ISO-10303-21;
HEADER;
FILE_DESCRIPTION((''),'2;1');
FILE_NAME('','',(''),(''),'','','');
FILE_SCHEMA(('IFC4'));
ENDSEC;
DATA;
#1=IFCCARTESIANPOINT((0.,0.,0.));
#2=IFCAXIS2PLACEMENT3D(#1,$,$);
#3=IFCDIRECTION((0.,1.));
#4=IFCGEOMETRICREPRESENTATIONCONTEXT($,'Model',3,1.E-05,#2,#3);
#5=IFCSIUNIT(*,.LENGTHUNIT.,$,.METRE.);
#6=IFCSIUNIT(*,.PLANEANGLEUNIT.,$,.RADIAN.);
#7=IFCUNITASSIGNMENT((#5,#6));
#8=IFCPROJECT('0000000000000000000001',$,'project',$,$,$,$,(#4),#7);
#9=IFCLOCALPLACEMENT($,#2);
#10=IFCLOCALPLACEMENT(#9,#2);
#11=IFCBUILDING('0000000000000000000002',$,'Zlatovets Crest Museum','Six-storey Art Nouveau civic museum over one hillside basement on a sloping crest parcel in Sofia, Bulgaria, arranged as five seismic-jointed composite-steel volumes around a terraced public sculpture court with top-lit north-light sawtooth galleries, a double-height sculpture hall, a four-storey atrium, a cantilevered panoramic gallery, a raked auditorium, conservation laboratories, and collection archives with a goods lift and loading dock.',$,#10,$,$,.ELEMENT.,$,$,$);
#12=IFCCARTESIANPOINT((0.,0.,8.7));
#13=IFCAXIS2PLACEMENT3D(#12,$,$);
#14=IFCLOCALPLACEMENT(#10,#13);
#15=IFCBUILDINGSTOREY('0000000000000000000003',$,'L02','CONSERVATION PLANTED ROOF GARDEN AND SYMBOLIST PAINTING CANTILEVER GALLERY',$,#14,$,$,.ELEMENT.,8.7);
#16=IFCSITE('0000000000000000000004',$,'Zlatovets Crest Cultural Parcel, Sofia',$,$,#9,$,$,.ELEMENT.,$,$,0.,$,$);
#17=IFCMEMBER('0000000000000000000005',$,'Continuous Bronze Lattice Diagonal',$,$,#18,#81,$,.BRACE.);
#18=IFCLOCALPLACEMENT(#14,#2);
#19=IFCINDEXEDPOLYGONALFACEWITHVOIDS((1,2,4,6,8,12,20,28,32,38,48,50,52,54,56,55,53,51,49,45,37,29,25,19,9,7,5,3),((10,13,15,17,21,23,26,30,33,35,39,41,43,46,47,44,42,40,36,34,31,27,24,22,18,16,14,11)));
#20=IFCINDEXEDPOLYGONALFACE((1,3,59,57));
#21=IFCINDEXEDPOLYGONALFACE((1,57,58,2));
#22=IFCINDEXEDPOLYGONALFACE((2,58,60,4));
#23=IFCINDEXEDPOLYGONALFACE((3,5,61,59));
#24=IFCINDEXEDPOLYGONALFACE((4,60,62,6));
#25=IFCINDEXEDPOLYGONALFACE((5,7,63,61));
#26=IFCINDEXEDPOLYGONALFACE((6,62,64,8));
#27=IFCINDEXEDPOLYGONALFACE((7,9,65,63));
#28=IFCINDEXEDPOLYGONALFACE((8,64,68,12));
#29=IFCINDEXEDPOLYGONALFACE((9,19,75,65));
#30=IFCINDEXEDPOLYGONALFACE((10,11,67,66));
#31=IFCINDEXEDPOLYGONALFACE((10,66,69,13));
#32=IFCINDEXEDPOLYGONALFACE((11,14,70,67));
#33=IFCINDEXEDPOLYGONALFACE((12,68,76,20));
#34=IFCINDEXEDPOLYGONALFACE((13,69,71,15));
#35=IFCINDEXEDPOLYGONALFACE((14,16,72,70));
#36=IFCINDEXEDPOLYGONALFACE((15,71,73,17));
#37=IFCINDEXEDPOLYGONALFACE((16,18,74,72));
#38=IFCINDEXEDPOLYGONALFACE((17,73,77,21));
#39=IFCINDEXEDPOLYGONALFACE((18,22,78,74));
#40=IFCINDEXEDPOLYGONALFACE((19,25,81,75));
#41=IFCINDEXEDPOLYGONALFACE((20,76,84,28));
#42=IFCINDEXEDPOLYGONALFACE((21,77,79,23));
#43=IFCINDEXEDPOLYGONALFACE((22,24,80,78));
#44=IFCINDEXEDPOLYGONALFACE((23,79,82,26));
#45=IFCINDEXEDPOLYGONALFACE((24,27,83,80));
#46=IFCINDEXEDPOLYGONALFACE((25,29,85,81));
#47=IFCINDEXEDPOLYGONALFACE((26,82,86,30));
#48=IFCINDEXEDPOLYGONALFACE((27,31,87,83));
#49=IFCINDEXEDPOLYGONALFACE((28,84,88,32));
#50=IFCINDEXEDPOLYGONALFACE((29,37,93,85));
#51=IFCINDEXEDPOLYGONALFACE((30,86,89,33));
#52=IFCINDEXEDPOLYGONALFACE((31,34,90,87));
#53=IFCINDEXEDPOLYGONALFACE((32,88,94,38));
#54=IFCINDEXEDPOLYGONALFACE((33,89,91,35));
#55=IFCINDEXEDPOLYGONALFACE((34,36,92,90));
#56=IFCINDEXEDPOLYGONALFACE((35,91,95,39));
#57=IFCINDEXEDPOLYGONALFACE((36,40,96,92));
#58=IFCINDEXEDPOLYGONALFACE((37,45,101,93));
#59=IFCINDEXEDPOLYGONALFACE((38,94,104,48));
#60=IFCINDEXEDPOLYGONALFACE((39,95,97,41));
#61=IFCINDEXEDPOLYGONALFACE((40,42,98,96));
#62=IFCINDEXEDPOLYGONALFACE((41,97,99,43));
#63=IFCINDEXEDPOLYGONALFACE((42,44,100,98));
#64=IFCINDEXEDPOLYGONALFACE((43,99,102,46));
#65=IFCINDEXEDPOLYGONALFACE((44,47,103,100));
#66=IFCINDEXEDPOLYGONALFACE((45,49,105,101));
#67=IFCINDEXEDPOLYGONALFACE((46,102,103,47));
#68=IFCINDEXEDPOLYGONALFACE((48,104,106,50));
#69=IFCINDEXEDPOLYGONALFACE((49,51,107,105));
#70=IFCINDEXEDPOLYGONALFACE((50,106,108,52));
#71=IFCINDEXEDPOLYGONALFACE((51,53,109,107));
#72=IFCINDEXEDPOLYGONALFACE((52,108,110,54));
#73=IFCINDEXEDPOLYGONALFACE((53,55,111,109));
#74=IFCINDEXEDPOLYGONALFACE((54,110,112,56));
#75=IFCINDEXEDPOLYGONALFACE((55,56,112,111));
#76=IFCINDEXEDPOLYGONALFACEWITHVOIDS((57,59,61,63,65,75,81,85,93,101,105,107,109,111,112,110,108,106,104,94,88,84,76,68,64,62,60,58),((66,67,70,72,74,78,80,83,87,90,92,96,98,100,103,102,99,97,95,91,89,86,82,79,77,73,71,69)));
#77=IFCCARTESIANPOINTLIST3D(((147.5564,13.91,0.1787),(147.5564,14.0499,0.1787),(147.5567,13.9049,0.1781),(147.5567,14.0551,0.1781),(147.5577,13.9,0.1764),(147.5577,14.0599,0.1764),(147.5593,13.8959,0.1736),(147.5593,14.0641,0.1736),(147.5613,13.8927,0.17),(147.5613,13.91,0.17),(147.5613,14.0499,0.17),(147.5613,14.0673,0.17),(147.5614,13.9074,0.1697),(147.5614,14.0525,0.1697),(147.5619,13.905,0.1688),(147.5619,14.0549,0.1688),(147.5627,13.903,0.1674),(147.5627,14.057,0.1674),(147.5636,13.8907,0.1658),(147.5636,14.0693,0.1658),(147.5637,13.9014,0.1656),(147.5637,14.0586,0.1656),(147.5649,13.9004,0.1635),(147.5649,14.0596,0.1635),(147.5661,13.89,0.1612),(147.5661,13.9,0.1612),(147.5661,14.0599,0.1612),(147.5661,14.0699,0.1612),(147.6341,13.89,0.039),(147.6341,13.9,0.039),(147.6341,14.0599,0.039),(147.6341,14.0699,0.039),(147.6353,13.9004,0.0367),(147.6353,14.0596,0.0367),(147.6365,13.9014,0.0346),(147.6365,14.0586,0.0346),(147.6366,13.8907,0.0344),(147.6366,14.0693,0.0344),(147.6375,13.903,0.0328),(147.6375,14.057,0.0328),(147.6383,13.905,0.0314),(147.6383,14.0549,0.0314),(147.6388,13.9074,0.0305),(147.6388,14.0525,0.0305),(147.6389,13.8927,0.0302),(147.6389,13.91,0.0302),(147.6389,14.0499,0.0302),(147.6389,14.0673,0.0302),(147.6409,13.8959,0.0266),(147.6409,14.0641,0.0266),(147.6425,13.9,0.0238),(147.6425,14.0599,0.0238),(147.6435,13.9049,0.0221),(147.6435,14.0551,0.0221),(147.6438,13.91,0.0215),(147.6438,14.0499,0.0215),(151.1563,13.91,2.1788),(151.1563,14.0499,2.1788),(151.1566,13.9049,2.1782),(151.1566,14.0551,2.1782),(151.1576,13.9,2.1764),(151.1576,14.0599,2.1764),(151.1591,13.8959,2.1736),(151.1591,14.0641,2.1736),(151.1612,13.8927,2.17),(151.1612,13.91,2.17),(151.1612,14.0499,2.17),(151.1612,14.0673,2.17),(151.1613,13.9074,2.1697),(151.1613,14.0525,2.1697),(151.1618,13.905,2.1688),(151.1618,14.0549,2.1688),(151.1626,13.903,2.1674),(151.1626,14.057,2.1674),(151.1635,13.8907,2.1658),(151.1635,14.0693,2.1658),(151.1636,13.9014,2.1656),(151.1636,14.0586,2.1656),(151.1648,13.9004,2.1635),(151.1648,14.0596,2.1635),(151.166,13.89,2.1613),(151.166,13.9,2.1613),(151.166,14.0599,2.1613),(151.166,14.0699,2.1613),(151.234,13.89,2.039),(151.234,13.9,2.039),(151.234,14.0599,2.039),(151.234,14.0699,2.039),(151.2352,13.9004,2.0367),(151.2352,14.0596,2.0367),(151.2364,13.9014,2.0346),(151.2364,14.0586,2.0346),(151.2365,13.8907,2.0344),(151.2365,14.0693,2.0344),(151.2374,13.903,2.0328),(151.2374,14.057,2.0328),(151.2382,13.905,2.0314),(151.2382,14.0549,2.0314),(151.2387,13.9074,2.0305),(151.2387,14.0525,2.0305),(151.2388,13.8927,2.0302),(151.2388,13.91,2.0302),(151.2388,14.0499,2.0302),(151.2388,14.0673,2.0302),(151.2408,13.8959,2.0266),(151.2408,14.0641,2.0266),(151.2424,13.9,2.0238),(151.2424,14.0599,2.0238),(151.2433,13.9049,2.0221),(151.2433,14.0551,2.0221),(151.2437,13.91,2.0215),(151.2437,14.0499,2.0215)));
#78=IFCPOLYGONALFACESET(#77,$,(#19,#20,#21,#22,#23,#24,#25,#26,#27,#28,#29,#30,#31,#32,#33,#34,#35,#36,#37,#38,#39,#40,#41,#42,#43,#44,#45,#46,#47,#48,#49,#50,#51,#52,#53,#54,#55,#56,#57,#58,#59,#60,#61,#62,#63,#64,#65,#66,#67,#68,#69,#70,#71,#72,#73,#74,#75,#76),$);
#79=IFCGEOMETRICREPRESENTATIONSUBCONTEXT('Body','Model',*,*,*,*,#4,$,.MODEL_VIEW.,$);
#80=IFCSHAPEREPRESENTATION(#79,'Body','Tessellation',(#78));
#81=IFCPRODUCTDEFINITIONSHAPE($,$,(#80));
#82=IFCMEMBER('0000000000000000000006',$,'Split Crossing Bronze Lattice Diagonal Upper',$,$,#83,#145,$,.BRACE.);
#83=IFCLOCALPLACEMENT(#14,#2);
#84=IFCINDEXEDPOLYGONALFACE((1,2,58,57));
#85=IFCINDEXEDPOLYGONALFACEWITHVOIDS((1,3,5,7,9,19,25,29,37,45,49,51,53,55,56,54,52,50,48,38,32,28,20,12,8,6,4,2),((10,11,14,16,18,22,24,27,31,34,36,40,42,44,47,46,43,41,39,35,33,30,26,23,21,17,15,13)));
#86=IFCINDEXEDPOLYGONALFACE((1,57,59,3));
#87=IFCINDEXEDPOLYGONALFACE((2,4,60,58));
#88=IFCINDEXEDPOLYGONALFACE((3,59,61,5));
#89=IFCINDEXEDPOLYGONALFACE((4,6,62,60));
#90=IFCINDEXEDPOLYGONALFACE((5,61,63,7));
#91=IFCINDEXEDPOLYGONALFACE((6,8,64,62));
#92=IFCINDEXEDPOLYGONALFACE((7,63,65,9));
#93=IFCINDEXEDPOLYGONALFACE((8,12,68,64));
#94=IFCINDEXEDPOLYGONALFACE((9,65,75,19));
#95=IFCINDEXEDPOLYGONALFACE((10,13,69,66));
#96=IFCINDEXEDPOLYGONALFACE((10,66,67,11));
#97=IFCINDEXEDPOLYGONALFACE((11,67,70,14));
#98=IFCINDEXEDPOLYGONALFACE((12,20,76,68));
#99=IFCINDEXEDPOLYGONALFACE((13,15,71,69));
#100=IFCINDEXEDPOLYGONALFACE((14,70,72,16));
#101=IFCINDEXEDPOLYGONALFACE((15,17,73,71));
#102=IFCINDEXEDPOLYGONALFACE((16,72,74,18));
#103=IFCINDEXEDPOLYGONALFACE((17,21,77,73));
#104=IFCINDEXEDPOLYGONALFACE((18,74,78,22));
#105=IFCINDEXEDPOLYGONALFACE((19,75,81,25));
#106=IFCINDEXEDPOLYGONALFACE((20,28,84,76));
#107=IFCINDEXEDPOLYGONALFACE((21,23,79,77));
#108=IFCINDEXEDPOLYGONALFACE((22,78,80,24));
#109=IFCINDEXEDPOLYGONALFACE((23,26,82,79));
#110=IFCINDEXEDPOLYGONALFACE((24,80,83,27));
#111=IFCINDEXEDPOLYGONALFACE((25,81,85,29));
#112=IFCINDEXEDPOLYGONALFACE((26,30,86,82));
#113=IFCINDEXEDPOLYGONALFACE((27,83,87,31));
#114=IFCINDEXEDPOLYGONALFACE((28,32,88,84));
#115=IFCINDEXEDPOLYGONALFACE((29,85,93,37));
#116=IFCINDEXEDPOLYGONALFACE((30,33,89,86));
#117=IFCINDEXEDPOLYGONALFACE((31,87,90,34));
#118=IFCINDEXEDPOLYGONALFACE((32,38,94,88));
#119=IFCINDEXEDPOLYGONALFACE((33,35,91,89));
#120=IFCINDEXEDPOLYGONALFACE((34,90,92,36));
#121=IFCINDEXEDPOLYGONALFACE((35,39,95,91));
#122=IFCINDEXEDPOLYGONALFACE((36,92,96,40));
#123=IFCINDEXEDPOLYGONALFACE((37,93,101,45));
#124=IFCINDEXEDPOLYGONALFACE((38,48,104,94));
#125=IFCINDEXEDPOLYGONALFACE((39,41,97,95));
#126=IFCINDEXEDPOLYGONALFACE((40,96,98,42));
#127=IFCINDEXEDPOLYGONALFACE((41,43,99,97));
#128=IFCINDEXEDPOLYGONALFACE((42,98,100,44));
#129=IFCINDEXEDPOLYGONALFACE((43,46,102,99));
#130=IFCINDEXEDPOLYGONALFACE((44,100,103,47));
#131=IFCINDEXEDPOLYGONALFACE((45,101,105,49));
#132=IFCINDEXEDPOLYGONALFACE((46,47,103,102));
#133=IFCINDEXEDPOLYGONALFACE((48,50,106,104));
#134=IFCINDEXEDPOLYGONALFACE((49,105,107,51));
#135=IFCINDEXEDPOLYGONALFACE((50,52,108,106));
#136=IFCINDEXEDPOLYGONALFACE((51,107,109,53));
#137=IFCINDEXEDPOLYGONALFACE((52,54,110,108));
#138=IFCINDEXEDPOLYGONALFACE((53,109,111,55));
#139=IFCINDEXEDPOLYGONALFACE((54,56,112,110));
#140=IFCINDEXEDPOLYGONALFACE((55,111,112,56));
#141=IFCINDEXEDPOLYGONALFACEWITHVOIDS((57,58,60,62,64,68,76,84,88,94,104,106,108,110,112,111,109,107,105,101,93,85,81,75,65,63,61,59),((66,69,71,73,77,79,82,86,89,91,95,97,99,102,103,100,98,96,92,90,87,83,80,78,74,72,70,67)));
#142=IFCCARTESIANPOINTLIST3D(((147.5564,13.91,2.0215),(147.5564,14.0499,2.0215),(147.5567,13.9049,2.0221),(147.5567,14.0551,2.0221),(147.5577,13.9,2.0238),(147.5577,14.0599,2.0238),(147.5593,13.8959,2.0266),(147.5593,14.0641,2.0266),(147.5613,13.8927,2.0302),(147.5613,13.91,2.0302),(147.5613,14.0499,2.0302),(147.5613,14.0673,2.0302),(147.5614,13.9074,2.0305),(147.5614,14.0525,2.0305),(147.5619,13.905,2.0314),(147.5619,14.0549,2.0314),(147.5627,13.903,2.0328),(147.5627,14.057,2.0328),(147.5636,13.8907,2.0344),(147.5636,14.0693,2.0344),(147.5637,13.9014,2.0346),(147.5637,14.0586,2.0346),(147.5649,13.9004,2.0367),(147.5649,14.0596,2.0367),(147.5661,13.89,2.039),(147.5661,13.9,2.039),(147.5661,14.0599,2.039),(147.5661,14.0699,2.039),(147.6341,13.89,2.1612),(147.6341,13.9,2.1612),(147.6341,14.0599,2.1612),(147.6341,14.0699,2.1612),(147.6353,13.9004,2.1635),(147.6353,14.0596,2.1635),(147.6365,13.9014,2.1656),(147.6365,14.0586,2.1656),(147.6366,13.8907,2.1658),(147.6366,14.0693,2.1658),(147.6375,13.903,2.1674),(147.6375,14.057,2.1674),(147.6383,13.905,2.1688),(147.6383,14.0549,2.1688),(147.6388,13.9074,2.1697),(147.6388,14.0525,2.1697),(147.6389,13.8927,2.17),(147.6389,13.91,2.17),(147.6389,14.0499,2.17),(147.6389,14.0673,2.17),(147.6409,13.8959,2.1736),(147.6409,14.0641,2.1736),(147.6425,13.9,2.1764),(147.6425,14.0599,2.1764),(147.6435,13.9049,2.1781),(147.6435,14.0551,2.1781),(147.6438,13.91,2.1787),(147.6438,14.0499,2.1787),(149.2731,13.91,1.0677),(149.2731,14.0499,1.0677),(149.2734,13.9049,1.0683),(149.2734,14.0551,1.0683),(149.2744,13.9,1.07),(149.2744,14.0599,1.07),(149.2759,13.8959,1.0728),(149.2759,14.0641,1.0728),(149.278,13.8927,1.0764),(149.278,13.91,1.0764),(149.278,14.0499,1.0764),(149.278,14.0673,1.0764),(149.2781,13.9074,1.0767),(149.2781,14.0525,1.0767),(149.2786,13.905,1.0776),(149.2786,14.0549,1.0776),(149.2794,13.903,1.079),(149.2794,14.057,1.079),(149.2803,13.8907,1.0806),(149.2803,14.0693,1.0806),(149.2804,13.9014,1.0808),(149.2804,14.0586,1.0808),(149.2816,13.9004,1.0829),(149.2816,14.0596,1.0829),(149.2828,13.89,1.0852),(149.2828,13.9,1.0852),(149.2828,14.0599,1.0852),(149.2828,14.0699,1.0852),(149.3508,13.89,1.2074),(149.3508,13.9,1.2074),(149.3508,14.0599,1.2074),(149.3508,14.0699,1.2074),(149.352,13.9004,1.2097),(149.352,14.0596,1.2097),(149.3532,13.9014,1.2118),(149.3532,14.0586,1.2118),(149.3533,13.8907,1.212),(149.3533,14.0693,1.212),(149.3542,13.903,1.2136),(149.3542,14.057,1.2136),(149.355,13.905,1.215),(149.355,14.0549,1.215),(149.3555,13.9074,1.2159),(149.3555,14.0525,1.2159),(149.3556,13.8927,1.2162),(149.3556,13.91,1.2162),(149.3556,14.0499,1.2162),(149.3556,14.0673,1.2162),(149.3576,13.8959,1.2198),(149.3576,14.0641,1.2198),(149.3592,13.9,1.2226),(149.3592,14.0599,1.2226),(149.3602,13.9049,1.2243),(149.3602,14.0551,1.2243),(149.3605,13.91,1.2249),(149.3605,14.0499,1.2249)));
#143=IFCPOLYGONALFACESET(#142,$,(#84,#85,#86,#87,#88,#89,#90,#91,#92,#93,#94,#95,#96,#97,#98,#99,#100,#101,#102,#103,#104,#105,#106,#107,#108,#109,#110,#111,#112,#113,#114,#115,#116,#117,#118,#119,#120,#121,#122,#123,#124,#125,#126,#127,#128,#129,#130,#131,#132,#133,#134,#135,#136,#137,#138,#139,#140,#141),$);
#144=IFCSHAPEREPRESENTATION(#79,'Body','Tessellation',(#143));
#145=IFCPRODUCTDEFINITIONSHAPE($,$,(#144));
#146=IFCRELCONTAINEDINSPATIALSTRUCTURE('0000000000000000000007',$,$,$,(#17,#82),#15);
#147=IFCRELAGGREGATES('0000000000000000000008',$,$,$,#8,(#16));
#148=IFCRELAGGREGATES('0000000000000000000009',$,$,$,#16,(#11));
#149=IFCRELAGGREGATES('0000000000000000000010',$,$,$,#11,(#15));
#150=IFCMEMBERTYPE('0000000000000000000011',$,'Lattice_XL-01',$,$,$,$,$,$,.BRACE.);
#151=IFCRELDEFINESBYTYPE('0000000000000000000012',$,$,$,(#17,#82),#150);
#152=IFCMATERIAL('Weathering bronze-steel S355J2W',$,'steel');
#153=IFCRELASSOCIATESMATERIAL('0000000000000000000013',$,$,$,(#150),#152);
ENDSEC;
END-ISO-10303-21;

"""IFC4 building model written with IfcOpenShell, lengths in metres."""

from ifc_helpers import new_model, si_unit, direction, frame, origin, origin_2d, place, context, subcontext, project, spatial, hollow_rectangle, extrude, material, material_profile, profile_set, type_object, element, save


model = new_model("IFC4")

# Units and contexts
model_context = context("Model", 3, precision=1e-05, world=origin(), true_north=direction((0.0, 1.0)))
body_context = subcontext(model_context, "Body", "Model", "MODEL_VIEW")
ifc_project = project(units=[si_unit("LENGTHUNIT", "METRE"), si_unit("PLANEANGLEUNIT", "RADIAN")], contexts=[model_context])

# Site, building, storey
site_placement = place(None, origin())
site = spatial("IfcSite", under=ifc_project, at=site_placement, Name="Zlatovets Crest Cultural Parcel, Sofia", CompositionType="ELEMENT", RefElevation=0.0)
building_placement = place(site_placement, origin())
building = spatial("IfcBuilding", under=site, at=building_placement, Name="Zlatovets Crest Museum", Description="Six-storey Art Nouveau civic museum over one hillside basement on a sloping crest parcel in Sofia, Bulgaria, arranged as five seismic-jointed composite-steel volumes around a terraced public sculpture court with top-lit north-light sawtooth galleries, a double-height sculpture hall, a four-storey atrium, a cantilevered panoramic gallery, a raked auditorium, conservation laboratories, and collection archives with a goods lift and loading dock.", CompositionType="ELEMENT")
storey_placement = place(building_placement, frame((0.0, 0.0, 8.7)))
storey = spatial("IfcBuildingStorey", under=building, at=storey_placement, Name="L02", Description="CONSERVATION PLANTED ROOF GARDEN AND SYMBOLIST PAINTING CANTILEVER GALLERY", CompositionType="ELEMENT", Elevation=8.7)

# Members
ifc_material_1 = material(Name="Weathering bronze-steel S355J2W", Category="steel")
ifc_material_profile_1 = material_profile(ifc_material_1, hollow_rectangle(XDim=0.1799, YDim=0.1799, WallThickness=0.01, InnerFilletRadius=0.01, OuterFilletRadius=0.02, at=origin_2d()), Name="SHS 180x180x10.0")
ifc_profile_set_1 = profile_set([ifc_material_profile_1], Name="Weathering bronze-steel S355J2W")
member_type_1 = type_object("IfcMemberType", Name="Lattice_XL-01", PredefinedType="BRACE", material=ifc_profile_set_1)
member_1_placement = place(storey_placement, frame((147.6001, 13.98, 0.1001), z_axis=(0.874149, 0.0, 0.485658), x_axis=(0.0, 1.0, 0.0)))
element("IfcMember", 1, at=member_1_placement, inside=storey, type_object=member_type_1, Name="Continuous Bronze Lattice Diagonal", PredefinedType="BRACE", context=body_context, shape_type="SweptSolid", body=[
    extrude(hollow_rectangle(XDim=0.1799, YDim=0.1799, WallThickness=0.01, InnerFilletRadius=0.01, OuterFilletRadius=0.02, at=origin_2d()), origin(), (0.0, 0.0, 1.0), 4.1182),
])
member_2_placement = place(storey_placement, frame((147.6001, 13.98, 2.1001), z_axis=(0.87414, 0.0, -0.485675), x_axis=(0.0, 1.0, 0.0)))
element("IfcMember", 2, at=member_2_placement, inside=storey, type_object=member_type_1, Name="Split Crossing Bronze Lattice Diagonal Upper", PredefinedType="BRACE", context=body_context, shape_type="SweptSolid", body=[
    extrude(hollow_rectangle(XDim=0.1799, YDim=0.1799, WallThickness=0.01, InnerFilletRadius=0.01, OuterFilletRadius=0.02, at=origin_2d()), origin(), (0.0, 0.0, 1.0), 1.9639),
])

save(model, "model.ifc")
